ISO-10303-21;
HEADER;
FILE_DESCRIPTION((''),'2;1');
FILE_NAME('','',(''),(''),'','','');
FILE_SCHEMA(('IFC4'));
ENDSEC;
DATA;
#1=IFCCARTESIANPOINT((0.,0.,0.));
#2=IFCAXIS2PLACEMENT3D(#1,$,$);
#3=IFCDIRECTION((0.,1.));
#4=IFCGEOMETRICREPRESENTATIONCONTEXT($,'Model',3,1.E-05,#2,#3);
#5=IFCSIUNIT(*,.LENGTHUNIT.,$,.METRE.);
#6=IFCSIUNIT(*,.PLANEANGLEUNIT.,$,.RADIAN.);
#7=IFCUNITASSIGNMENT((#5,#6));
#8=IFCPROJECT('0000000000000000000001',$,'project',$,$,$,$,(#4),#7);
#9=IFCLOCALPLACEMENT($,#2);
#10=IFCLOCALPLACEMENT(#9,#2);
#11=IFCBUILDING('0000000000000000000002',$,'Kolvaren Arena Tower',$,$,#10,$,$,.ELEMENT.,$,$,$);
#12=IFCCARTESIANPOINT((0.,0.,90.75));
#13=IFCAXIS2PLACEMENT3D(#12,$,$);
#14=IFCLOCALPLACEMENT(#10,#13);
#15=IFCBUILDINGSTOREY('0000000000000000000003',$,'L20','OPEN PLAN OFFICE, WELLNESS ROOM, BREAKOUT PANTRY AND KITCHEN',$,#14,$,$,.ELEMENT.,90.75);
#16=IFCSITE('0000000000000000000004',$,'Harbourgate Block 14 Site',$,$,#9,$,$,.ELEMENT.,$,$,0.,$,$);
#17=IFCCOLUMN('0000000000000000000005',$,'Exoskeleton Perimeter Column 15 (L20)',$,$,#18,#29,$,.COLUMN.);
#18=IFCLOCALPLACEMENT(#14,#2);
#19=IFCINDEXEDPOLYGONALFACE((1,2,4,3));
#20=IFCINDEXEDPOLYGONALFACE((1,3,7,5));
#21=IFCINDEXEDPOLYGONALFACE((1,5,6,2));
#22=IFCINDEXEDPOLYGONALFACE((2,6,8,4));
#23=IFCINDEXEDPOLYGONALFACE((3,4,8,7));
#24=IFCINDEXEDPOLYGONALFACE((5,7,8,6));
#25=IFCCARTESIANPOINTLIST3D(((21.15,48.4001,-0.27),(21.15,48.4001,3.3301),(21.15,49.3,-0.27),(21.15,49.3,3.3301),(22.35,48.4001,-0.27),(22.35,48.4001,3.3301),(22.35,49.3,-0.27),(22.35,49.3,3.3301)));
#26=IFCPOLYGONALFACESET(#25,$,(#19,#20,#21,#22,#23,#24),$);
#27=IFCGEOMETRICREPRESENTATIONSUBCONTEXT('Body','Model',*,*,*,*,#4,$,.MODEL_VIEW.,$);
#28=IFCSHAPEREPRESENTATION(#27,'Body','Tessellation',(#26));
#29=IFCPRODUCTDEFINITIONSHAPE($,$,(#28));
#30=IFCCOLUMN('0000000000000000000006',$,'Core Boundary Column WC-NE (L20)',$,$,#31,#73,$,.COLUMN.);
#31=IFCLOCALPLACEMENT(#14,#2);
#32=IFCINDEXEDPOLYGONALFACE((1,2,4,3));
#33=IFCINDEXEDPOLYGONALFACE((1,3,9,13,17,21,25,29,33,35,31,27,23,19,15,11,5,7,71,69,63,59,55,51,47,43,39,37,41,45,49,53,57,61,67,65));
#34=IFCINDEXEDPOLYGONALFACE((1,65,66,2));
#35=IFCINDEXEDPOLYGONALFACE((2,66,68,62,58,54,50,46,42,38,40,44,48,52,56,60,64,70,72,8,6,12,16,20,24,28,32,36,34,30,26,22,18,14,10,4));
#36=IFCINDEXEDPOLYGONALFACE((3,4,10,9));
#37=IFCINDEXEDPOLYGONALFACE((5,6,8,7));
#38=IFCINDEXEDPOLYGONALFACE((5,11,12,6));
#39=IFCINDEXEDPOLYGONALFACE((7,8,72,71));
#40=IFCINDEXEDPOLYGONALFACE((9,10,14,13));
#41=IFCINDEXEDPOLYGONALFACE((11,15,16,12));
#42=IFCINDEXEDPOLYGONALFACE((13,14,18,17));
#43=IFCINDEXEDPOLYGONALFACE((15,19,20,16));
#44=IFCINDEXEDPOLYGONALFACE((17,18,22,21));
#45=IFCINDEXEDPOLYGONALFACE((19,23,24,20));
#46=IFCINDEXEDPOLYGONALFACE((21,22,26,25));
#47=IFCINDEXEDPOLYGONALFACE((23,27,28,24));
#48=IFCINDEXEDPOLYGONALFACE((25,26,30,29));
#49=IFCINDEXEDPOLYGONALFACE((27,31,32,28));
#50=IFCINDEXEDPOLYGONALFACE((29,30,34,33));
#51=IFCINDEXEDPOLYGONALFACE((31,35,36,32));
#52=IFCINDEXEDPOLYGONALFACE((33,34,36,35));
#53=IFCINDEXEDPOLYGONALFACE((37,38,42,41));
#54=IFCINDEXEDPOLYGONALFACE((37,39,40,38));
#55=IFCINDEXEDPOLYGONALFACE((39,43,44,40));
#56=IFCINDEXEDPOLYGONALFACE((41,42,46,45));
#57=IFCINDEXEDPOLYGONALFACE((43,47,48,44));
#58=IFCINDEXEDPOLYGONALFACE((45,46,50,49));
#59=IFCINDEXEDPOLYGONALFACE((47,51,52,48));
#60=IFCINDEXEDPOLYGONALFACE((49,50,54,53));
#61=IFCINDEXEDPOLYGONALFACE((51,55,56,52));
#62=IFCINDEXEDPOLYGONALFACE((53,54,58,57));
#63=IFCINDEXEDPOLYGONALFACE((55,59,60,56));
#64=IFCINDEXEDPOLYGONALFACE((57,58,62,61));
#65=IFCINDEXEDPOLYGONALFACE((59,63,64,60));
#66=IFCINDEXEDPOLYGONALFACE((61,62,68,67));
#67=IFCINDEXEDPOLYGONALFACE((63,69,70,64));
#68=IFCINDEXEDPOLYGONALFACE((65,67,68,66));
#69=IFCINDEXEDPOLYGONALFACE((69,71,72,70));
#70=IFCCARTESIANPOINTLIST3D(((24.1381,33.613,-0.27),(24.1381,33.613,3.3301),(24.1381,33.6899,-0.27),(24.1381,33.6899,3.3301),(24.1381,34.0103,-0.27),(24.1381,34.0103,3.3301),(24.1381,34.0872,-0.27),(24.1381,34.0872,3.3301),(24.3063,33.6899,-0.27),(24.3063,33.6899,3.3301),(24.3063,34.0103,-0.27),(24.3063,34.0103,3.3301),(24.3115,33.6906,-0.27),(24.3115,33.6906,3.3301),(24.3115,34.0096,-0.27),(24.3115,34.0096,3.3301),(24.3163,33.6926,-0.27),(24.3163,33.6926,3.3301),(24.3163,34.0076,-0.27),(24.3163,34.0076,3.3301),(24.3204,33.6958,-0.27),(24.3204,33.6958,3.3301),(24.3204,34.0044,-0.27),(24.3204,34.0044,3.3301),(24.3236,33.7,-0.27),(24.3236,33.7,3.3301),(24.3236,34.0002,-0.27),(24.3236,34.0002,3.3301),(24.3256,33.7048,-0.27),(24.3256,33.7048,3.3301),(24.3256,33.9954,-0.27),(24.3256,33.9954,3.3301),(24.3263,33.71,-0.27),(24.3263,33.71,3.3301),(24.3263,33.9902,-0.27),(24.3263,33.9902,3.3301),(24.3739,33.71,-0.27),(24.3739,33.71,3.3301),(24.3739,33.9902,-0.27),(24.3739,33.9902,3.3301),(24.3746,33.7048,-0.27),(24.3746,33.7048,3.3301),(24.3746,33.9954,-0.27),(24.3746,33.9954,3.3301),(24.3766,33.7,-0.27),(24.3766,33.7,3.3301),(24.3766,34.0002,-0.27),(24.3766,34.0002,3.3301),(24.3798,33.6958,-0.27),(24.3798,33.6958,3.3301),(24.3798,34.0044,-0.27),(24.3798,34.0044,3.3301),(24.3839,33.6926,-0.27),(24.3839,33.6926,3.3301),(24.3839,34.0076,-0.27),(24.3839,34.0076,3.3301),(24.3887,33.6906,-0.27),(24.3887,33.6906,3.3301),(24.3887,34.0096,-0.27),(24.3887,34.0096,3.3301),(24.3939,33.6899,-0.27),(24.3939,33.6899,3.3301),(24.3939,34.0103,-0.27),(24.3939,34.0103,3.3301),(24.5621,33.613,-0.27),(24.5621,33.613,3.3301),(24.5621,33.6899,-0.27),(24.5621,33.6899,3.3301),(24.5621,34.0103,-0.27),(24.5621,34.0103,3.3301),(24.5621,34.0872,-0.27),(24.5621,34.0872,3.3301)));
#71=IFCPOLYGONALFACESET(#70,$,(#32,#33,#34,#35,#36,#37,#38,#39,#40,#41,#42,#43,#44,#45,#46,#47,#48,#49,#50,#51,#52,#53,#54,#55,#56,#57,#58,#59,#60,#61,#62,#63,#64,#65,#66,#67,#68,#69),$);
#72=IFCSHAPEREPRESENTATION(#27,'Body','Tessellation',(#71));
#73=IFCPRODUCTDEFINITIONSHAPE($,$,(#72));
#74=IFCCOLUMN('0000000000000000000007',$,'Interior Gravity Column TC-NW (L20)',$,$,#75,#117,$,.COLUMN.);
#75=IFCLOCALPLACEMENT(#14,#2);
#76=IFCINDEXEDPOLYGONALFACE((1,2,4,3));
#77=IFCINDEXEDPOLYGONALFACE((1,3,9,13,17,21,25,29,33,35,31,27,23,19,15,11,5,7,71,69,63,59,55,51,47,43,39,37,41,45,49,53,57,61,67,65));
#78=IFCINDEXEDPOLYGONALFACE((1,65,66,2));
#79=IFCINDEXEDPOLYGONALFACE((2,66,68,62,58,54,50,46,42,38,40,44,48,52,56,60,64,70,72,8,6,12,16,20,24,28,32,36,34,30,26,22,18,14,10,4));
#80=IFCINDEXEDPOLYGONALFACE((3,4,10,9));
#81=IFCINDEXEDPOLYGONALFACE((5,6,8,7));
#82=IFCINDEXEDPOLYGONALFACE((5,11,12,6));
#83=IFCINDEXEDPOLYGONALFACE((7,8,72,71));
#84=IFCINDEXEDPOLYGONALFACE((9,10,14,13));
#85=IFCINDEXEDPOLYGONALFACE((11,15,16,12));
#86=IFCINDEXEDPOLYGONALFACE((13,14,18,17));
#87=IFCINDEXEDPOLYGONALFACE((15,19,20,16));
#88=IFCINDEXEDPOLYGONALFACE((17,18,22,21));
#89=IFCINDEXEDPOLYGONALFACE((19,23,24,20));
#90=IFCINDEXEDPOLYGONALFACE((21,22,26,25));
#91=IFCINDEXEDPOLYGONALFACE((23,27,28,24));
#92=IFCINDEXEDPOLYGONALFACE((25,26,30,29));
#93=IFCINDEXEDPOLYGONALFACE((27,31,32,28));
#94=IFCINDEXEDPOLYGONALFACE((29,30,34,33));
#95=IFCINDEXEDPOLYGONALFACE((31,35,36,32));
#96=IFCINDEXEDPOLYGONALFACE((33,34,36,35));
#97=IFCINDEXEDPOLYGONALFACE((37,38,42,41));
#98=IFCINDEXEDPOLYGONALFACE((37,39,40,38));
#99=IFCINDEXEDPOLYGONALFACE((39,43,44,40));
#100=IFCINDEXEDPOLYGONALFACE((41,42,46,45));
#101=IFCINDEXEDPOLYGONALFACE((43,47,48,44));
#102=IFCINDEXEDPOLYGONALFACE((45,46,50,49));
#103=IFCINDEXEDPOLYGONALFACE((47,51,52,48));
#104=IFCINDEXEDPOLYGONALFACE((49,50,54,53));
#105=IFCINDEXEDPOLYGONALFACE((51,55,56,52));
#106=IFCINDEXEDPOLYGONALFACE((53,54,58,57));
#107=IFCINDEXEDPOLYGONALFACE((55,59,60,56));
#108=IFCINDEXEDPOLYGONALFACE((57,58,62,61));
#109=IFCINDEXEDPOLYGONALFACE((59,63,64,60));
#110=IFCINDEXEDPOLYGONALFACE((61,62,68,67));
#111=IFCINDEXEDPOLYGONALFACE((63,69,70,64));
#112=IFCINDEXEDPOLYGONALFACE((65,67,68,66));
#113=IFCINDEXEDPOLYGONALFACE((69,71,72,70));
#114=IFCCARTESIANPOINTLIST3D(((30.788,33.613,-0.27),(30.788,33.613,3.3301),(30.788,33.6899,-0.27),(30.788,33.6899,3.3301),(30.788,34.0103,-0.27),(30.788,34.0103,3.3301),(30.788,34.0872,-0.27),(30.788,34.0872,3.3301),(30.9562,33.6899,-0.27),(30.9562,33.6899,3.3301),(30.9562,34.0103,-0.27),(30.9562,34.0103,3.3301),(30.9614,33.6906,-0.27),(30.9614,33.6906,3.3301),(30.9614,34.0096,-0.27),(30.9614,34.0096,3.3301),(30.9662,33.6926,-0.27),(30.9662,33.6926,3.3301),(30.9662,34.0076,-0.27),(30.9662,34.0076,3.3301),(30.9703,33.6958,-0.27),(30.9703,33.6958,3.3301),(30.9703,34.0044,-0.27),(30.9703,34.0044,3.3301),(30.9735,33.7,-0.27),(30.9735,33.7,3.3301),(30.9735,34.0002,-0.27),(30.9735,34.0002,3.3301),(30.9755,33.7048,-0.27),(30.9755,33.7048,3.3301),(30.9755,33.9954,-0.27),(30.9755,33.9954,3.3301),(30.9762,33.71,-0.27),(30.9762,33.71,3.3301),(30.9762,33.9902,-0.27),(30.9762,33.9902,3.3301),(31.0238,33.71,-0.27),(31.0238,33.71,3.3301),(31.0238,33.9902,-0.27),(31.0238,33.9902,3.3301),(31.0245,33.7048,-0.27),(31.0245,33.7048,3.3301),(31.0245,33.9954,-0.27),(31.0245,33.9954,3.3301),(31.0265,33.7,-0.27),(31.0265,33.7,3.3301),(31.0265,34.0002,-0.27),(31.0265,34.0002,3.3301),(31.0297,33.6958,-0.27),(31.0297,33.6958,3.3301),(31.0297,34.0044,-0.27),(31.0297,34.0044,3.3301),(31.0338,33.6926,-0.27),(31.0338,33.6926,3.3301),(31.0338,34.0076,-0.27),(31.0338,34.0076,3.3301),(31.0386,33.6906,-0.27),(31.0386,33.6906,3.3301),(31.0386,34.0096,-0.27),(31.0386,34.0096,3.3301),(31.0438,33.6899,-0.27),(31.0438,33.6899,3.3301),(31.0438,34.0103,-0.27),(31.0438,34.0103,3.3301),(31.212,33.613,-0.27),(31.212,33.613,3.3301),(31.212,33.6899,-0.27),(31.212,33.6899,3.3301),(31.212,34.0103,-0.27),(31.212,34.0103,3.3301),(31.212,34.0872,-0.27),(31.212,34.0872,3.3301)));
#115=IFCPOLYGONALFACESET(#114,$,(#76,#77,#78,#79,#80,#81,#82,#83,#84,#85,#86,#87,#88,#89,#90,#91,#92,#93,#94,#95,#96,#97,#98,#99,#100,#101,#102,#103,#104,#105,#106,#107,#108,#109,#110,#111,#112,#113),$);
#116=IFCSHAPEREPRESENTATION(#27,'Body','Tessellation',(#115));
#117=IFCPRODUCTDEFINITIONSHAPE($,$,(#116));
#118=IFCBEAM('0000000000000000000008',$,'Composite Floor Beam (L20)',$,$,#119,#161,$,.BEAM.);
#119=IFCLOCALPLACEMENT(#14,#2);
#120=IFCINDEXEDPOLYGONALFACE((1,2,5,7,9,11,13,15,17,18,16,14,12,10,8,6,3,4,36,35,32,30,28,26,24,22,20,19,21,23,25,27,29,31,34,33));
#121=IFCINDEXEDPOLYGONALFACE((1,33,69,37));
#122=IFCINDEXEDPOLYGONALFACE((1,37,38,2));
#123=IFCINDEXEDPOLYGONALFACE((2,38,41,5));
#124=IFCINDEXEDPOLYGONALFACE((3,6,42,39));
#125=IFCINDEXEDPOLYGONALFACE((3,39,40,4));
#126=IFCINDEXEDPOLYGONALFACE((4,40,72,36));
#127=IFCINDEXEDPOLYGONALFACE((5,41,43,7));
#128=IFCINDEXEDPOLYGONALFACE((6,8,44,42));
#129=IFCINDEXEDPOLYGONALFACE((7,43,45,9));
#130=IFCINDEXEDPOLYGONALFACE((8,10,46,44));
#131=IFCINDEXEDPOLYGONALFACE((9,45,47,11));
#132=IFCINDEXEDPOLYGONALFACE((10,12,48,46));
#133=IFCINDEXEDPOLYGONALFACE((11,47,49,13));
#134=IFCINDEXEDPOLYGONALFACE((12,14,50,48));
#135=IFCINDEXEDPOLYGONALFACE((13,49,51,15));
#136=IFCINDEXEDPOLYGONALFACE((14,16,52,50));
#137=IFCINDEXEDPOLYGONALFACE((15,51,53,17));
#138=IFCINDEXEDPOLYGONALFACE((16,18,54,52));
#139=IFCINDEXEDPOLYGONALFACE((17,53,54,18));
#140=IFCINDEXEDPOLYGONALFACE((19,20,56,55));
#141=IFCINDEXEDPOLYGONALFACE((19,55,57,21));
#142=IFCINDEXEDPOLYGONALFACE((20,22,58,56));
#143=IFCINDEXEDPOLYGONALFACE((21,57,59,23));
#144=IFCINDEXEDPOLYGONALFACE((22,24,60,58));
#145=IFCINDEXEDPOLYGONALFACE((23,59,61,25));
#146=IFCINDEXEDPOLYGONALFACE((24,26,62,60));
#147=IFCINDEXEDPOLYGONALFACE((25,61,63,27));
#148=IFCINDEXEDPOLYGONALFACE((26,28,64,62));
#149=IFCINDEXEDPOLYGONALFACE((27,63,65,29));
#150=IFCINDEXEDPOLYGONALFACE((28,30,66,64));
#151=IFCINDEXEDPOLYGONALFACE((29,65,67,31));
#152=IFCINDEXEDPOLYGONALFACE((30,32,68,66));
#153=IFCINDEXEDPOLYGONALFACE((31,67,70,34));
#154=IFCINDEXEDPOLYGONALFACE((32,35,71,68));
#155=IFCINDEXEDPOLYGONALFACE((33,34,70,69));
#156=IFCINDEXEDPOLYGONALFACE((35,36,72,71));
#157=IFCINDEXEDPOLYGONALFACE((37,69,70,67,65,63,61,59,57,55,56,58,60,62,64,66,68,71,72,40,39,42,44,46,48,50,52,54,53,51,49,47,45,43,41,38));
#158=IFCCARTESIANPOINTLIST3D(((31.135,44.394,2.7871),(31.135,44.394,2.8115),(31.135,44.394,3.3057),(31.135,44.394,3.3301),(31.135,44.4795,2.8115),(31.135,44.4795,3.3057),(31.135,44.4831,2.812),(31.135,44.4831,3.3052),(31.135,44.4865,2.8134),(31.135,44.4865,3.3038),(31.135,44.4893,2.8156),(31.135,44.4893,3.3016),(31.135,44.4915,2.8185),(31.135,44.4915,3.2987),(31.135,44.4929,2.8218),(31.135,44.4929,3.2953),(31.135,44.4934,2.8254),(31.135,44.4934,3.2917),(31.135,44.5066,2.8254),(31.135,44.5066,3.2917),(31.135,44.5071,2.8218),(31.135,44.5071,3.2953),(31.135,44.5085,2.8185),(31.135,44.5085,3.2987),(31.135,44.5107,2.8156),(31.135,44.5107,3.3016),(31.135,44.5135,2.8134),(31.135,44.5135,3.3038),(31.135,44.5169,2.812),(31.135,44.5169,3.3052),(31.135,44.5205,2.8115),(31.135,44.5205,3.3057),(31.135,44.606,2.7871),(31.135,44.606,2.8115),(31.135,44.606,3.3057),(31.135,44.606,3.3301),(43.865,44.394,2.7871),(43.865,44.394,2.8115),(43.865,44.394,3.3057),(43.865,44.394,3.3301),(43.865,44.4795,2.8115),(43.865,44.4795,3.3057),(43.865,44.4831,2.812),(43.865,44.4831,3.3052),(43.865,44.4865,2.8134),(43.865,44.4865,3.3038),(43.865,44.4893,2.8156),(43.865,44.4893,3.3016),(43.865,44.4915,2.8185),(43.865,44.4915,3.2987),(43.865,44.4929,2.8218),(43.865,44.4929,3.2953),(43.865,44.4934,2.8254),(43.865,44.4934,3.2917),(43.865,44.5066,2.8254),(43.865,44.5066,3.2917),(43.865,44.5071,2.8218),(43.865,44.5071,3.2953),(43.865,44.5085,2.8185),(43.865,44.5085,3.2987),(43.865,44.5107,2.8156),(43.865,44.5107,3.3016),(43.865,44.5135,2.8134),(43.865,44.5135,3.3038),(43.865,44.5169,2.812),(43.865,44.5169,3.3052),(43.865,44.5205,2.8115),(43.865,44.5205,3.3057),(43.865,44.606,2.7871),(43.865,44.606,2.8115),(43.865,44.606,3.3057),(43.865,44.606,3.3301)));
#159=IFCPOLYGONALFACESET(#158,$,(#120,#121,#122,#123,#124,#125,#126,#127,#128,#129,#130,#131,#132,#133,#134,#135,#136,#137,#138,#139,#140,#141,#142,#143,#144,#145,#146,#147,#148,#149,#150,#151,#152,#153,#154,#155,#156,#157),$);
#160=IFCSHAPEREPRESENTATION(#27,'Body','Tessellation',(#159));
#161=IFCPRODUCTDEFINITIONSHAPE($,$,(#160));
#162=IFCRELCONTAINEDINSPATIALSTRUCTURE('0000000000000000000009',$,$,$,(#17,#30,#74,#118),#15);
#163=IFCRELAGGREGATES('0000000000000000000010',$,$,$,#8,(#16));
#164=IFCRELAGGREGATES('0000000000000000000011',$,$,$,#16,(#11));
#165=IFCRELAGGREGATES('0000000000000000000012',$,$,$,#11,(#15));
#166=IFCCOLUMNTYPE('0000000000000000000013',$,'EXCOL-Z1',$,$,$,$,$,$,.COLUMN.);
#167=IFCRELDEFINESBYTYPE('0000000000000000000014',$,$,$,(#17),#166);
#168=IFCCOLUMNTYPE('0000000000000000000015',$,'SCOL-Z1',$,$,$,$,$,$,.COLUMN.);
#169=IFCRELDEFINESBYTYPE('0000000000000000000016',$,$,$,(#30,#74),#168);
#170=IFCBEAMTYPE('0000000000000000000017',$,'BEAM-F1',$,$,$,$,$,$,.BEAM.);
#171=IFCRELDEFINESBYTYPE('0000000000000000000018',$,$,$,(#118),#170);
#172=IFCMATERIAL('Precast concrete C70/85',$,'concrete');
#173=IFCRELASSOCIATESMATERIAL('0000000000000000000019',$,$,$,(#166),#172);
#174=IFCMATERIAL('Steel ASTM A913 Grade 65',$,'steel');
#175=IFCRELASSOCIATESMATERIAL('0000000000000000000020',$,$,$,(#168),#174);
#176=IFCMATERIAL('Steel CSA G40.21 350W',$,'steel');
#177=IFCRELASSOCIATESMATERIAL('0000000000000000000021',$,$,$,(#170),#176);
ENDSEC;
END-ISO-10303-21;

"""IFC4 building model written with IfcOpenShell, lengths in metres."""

from ifc_helpers import new_model, si_unit, direction, frame, origin, origin_2d, place, context, subcontext, project, spatial, rectangle, i_section, extrude, material, material_profile, profile_set, type_object, element, save


model = new_model("IFC4")

# Units and contexts
model_context = context("Model", 3, precision=1e-05, world=origin(), true_north=direction((0.0, 1.0)))
body_context = subcontext(model_context, "Body", "Model", "MODEL_VIEW")
ifc_project = project(units=[si_unit("LENGTHUNIT", "METRE"), si_unit("PLANEANGLEUNIT", "RADIAN")], contexts=[model_context])

# Site, building, storey
site_placement = place(None, origin())
site = spatial("IfcSite", under=ifc_project, at=site_placement, Name="Harbourgate Block 14 Site", CompositionType="ELEMENT", RefElevation=0.0)
building_placement = place(site_placement, origin())
building = spatial("IfcBuilding", under=site, at=building_placement, Name="Kolvaren Arena Tower", CompositionType="ELEMENT")
storey_placement = place(building_placement, frame((0.0, 0.0, 90.75)))
storey = spatial("IfcBuildingStorey", under=building, at=storey_placement, Name="L20", Description="OPEN PLAN OFFICE, WELLNESS ROOM, BREAKOUT PANTRY AND KITCHEN", CompositionType="ELEMENT", Elevation=90.75)

# Columns
ifc_material_1 = material(Name="Precast concrete C70/85", Category="concrete")
ifc_material_profile_1 = material_profile(ifc_material_1, rectangle(XDim=1.2, YDim=0.8999, at=origin_2d()), Name="RC-1200x900")
ifc_profile_set_1 = profile_set([ifc_material_profile_1], Name="Precast concrete C70/85")
column_type_1 = type_object("IfcColumnType", Name="EXCOL-Z1", PredefinedType="COLUMN", material=ifc_profile_set_1)
column_placement = place(storey_placement, frame((21.75, 48.8501, -0.27), z_axis=(0.0, 0.0, 1.0), x_axis=(1.0, 0.0, 0.0)))
element("IfcColumn", 1, at=column_placement, inside=storey, type_object=column_type_1, Name="Exoskeleton Perimeter Column 15 (L20)", PredefinedType="COLUMN", context=body_context, shape_type="SweptSolid", body=[
    extrude(rectangle(XDim=1.2, YDim=0.8999, at=origin_2d()), origin(), (0.0, 0.0, 1.0), 3.6001),
])
ifc_material_2 = material(Name="Steel ASTM A913 Grade 65", Category="steel")
ifc_material_profile_2 = material_profile(ifc_material_2, i_section(OverallWidth=0.4241, OverallDepth=0.4741, WebThickness=0.0476, FlangeThickness=0.0769, FilletRadius=0.02, at=origin_2d()), Name="W360x634")
ifc_profile_set_2 = profile_set([ifc_material_profile_2], Name="Steel ASTM A913 Grade 65")
column_type_2 = type_object("IfcColumnType", Name="SCOL-Z1", PredefinedType="COLUMN", material=ifc_profile_set_2)
for number, where, z_axis, x_axis, name in (
    (2, (24.3501, 33.8501, -0.27), (0.0, 0.0, 1.0), (1.0, 0.0, 0.0), "Core Boundary Column WC-NE (L20)"),
    (3, (31.0, 33.8501, -0.27), (0.0, 0.0, 1.0), (1.0, 0.0, 0.0), "Interior Gravity Column TC-NW (L20)"),
):
    element("IfcColumn", number, at=place(storey_placement, frame(where, z_axis=z_axis, x_axis=x_axis)), inside=storey, type_object=column_type_2, Name=name, PredefinedType="COLUMN", context=body_context, shape_type="SweptSolid", body=[
        extrude(i_section(OverallWidth=0.4241, OverallDepth=0.4741, WebThickness=0.0476, FlangeThickness=0.0769, FilletRadius=0.02, at=origin_2d()), origin(), (0.0, 0.0, 1.0), 3.6001),
    ])

# Beam
ifc_material_3 = material(Name="Steel CSA G40.21 350W", Category="steel")
ifc_material_profile_3 = material_profile(ifc_material_3, i_section(OverallWidth=0.2119, OverallDepth=0.543, WebThickness=0.0132, FlangeThickness=0.0244, FilletRadius=0.0139, at=origin_2d()), Name="W530x150")
ifc_profile_set_3 = profile_set([ifc_material_profile_3], Name="Steel CSA G40.21 350W")
beam_type_1 = type_object("IfcBeamType", Name="BEAM-F1", PredefinedType="BEAM", material=ifc_profile_set_3)
beam_1_placement = place(storey_placement, frame((31.135, 44.5, 3.0586), z_axis=(1.0, 0.0, 0.0), x_axis=(0.0, 1.0, 0.0)))
element("IfcBeam", 4, at=beam_1_placement, inside=storey, type_object=beam_type_1, Name="Composite Floor Beam (L20)", PredefinedType="BEAM", context=body_context, shape_type="SweptSolid", body=[
    extrude(i_section(OverallWidth=0.2119, OverallDepth=0.543, WebThickness=0.0132, FlangeThickness=0.0244, FilletRadius=0.0139, at=origin_2d()), origin(), (0.0, 0.0, 1.0), 12.73),
])

save(model, "model.ifc")
